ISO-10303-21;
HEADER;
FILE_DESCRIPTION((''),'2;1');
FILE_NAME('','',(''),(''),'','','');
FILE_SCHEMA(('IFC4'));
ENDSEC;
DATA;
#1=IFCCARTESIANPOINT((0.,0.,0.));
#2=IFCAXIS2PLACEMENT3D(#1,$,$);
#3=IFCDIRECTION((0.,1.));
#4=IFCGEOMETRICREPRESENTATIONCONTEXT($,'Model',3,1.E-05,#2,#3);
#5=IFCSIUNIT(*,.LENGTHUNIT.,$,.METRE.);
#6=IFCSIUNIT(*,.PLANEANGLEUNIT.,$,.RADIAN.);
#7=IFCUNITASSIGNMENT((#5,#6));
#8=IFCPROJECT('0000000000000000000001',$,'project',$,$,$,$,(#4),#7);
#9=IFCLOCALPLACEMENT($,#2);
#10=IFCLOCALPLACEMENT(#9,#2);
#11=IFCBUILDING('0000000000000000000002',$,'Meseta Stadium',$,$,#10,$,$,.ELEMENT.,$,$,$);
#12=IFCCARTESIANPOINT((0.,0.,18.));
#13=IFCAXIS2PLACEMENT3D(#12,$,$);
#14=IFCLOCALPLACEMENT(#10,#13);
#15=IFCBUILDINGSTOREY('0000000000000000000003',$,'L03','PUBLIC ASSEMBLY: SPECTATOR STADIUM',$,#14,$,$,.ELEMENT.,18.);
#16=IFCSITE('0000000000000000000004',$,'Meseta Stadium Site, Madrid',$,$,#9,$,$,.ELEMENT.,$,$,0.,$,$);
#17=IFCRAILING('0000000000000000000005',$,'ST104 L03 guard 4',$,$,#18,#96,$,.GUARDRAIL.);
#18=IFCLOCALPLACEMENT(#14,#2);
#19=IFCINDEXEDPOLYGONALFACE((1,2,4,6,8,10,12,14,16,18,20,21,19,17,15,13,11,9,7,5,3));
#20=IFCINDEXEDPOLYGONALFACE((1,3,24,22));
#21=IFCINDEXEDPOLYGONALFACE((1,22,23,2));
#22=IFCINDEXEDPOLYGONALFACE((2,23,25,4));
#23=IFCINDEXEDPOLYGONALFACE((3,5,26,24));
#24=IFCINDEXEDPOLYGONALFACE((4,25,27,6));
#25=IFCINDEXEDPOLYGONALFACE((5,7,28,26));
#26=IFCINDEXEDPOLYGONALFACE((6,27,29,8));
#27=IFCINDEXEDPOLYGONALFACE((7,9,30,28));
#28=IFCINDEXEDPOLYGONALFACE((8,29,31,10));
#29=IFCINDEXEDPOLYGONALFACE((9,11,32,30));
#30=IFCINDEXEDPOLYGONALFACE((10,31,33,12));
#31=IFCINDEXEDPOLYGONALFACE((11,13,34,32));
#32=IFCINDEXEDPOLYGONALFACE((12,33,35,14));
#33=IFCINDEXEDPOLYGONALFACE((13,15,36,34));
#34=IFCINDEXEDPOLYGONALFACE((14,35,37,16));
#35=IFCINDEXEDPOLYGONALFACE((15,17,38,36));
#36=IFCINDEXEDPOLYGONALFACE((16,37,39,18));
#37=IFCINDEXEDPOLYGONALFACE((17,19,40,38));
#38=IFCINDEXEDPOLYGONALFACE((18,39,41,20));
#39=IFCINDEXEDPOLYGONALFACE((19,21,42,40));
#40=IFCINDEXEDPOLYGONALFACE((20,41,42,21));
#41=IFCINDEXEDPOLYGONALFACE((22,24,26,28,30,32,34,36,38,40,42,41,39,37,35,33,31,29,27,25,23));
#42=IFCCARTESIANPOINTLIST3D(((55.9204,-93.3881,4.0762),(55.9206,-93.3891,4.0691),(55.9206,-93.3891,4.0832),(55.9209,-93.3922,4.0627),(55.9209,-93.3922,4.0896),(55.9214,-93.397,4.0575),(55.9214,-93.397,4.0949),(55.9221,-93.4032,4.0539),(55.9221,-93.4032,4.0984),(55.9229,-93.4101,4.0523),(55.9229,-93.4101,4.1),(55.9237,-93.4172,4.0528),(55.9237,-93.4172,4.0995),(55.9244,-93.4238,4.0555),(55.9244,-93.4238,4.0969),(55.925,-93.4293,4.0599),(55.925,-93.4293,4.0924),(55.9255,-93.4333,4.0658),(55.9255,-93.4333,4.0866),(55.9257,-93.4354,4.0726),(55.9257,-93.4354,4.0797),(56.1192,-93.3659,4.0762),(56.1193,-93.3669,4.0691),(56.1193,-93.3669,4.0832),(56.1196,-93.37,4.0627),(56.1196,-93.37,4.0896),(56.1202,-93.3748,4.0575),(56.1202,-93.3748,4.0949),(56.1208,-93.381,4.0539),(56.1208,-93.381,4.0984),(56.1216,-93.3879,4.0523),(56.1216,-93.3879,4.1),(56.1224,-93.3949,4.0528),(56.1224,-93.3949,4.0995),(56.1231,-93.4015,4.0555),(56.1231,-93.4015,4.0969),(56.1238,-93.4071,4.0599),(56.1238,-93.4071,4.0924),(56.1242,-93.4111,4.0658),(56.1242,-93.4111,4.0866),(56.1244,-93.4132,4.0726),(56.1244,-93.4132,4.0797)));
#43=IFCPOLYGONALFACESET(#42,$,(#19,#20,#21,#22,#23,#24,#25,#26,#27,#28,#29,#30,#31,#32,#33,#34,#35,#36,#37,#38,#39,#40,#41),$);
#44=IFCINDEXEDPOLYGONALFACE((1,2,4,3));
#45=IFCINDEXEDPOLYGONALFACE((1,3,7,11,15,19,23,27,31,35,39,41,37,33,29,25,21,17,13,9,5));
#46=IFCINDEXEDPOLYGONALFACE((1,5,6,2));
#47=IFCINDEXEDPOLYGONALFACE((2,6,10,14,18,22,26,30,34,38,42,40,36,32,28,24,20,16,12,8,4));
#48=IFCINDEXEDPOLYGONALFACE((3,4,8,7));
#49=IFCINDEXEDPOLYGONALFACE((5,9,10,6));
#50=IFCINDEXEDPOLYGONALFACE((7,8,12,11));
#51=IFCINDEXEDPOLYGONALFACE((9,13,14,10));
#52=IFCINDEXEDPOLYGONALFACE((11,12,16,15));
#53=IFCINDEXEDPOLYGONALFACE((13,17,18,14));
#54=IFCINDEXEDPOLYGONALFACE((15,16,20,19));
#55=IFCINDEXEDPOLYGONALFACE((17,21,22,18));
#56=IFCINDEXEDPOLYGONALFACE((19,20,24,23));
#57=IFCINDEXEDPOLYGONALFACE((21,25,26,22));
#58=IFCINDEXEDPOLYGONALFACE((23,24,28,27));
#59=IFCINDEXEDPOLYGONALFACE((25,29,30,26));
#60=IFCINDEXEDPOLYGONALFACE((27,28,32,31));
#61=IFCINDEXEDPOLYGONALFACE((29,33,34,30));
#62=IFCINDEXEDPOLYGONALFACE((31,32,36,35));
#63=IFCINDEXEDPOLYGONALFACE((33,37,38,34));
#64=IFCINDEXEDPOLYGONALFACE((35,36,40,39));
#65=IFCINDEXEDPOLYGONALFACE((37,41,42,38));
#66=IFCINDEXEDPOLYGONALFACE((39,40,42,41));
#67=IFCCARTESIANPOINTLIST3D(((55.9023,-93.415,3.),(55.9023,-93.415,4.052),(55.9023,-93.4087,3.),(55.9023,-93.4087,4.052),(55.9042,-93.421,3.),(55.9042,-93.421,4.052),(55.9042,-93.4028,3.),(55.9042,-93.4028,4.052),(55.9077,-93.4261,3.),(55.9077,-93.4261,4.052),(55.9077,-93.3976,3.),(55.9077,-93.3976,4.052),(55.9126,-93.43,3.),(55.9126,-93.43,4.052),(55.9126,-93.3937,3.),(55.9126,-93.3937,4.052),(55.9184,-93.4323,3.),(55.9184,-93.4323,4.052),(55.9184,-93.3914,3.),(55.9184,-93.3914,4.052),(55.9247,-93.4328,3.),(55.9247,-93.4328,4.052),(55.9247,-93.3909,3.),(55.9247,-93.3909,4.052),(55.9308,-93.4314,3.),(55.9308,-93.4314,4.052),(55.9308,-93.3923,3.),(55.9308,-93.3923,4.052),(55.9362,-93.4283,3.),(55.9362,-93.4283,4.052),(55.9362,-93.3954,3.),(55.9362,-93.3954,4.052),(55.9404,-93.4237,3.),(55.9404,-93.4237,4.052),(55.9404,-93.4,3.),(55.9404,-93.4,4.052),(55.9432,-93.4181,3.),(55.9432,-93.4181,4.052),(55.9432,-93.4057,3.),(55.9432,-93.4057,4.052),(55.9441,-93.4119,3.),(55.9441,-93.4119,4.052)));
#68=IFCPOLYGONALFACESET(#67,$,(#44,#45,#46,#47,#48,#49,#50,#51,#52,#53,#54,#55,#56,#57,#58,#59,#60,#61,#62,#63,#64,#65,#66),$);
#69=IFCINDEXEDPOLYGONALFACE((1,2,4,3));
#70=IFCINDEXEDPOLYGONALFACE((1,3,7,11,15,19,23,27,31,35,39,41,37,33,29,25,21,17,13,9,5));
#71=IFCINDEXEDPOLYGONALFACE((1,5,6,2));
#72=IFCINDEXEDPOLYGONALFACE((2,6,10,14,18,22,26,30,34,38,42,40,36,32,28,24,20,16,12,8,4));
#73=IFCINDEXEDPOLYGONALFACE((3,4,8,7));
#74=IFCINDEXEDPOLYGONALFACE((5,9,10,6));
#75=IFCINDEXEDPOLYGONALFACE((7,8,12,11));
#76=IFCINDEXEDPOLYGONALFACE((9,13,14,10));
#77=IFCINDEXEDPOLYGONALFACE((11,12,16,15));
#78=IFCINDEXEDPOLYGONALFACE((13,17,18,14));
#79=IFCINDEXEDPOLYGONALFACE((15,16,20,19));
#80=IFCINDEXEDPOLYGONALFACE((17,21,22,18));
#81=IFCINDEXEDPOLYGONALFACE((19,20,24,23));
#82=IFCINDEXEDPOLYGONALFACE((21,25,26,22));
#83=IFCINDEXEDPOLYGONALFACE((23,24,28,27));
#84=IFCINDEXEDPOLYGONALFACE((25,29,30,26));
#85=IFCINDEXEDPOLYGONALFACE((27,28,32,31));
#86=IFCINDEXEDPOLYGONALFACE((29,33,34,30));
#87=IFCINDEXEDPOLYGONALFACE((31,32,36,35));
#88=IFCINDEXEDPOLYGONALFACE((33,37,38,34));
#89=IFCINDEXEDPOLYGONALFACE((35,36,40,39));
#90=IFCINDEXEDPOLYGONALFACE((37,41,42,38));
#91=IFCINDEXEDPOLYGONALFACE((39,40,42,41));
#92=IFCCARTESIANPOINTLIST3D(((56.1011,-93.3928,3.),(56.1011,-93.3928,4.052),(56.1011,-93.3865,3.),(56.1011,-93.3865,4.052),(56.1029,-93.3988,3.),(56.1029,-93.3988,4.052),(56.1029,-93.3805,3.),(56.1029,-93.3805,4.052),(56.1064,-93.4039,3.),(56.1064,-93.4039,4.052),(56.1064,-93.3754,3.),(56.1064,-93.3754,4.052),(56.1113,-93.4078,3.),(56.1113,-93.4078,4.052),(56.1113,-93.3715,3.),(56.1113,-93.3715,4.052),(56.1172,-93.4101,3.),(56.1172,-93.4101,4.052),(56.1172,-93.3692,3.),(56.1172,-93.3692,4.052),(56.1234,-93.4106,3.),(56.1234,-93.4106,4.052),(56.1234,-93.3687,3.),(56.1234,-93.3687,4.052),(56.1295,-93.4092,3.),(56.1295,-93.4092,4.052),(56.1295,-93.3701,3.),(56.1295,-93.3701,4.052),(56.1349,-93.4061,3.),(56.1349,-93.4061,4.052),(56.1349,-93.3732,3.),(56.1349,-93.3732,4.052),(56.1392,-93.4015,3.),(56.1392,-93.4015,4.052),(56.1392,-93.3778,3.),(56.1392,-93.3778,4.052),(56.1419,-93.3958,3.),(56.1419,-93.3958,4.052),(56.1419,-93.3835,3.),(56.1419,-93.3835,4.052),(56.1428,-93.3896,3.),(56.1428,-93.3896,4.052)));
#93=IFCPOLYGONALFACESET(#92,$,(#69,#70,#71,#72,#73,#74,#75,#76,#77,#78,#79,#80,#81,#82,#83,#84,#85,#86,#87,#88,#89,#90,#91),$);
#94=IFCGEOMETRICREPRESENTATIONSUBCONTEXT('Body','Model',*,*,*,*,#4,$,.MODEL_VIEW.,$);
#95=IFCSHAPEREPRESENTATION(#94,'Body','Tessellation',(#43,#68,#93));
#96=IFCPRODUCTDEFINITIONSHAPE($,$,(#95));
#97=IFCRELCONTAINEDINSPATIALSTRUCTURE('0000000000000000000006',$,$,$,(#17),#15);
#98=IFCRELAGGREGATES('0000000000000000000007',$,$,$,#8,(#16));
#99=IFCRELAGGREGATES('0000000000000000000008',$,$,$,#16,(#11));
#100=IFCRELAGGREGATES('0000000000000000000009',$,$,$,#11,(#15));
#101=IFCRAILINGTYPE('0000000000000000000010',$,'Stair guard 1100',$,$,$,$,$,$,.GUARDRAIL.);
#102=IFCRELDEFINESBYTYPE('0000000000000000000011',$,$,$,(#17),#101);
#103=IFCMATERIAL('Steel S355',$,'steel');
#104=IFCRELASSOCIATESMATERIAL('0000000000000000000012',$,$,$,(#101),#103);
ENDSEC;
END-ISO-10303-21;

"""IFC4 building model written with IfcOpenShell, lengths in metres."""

from ifc_helpers import new_model, si_unit, direction, frame, origin, origin_2d, place, context, subcontext, project, spatial, circle, extrude, material, type_object, element, save


model = new_model("IFC4")

# Units and contexts
model_context = context("Model", 3, precision=1e-05, world=origin(), true_north=direction((0.0, 1.0)))
body_context = subcontext(model_context, "Body", "Model", "MODEL_VIEW")
ifc_project = project(units=[si_unit("LENGTHUNIT", "METRE"), si_unit("PLANEANGLEUNIT", "RADIAN")], contexts=[model_context])

# Site, building, storey
site_placement = place(None, origin())
site = spatial("IfcSite", under=ifc_project, at=site_placement, Name="Meseta Stadium Site, Madrid", CompositionType="ELEMENT", RefElevation=0.0)
building_placement = place(site_placement, origin())
building = spatial("IfcBuilding", under=site, at=building_placement, Name="Meseta Stadium", CompositionType="ELEMENT")
storey_placement = place(building_placement, frame((0.0, 0.0, 18.0)))
storey = spatial("IfcBuildingStorey", under=building, at=storey_placement, Name="L03", Description="PUBLIC ASSEMBLY: SPECTATOR STADIUM", CompositionType="ELEMENT", Elevation=18.0)

# Railing
ifc_material_1 = material(Name="Steel S355", Category="steel")
railing_type_1 = type_object("IfcRailingType", Name="Stair guard 1100", PredefinedType="GUARDRAIL", material=ifc_material_1)
railing_1_placement = place(storey_placement, frame((55.9231, -93.4119, 3.0)))
element("IfcRailing", 1, at=railing_1_placement, inside=storey, type_object=railing_type_1, Name="ST104 L03 guard 4", PredefinedType="GUARDRAIL", context=body_context, shape_type="SweptSolid", body=[
    extrude(circle(Radius=0.0239, at=origin_2d()), frame((0.0, 0.0, 1.0762), z_axis=(0.993809, 0.111102, 0.0), x_axis=(-0.111102, 0.993809, 0.0)), (0.0, 0.0, 1.0), 0.2),
    extrude(circle(Radius=0.021, at=origin_2d()), origin(), (0.0, 0.0, 1.0), 1.052),
    extrude(circle(Radius=0.021, at=origin_2d()), frame((0.1987, 0.0222, 0.0)), (0.0, 0.0, 1.0), 1.052),
])

save(model, "model.ifc")
